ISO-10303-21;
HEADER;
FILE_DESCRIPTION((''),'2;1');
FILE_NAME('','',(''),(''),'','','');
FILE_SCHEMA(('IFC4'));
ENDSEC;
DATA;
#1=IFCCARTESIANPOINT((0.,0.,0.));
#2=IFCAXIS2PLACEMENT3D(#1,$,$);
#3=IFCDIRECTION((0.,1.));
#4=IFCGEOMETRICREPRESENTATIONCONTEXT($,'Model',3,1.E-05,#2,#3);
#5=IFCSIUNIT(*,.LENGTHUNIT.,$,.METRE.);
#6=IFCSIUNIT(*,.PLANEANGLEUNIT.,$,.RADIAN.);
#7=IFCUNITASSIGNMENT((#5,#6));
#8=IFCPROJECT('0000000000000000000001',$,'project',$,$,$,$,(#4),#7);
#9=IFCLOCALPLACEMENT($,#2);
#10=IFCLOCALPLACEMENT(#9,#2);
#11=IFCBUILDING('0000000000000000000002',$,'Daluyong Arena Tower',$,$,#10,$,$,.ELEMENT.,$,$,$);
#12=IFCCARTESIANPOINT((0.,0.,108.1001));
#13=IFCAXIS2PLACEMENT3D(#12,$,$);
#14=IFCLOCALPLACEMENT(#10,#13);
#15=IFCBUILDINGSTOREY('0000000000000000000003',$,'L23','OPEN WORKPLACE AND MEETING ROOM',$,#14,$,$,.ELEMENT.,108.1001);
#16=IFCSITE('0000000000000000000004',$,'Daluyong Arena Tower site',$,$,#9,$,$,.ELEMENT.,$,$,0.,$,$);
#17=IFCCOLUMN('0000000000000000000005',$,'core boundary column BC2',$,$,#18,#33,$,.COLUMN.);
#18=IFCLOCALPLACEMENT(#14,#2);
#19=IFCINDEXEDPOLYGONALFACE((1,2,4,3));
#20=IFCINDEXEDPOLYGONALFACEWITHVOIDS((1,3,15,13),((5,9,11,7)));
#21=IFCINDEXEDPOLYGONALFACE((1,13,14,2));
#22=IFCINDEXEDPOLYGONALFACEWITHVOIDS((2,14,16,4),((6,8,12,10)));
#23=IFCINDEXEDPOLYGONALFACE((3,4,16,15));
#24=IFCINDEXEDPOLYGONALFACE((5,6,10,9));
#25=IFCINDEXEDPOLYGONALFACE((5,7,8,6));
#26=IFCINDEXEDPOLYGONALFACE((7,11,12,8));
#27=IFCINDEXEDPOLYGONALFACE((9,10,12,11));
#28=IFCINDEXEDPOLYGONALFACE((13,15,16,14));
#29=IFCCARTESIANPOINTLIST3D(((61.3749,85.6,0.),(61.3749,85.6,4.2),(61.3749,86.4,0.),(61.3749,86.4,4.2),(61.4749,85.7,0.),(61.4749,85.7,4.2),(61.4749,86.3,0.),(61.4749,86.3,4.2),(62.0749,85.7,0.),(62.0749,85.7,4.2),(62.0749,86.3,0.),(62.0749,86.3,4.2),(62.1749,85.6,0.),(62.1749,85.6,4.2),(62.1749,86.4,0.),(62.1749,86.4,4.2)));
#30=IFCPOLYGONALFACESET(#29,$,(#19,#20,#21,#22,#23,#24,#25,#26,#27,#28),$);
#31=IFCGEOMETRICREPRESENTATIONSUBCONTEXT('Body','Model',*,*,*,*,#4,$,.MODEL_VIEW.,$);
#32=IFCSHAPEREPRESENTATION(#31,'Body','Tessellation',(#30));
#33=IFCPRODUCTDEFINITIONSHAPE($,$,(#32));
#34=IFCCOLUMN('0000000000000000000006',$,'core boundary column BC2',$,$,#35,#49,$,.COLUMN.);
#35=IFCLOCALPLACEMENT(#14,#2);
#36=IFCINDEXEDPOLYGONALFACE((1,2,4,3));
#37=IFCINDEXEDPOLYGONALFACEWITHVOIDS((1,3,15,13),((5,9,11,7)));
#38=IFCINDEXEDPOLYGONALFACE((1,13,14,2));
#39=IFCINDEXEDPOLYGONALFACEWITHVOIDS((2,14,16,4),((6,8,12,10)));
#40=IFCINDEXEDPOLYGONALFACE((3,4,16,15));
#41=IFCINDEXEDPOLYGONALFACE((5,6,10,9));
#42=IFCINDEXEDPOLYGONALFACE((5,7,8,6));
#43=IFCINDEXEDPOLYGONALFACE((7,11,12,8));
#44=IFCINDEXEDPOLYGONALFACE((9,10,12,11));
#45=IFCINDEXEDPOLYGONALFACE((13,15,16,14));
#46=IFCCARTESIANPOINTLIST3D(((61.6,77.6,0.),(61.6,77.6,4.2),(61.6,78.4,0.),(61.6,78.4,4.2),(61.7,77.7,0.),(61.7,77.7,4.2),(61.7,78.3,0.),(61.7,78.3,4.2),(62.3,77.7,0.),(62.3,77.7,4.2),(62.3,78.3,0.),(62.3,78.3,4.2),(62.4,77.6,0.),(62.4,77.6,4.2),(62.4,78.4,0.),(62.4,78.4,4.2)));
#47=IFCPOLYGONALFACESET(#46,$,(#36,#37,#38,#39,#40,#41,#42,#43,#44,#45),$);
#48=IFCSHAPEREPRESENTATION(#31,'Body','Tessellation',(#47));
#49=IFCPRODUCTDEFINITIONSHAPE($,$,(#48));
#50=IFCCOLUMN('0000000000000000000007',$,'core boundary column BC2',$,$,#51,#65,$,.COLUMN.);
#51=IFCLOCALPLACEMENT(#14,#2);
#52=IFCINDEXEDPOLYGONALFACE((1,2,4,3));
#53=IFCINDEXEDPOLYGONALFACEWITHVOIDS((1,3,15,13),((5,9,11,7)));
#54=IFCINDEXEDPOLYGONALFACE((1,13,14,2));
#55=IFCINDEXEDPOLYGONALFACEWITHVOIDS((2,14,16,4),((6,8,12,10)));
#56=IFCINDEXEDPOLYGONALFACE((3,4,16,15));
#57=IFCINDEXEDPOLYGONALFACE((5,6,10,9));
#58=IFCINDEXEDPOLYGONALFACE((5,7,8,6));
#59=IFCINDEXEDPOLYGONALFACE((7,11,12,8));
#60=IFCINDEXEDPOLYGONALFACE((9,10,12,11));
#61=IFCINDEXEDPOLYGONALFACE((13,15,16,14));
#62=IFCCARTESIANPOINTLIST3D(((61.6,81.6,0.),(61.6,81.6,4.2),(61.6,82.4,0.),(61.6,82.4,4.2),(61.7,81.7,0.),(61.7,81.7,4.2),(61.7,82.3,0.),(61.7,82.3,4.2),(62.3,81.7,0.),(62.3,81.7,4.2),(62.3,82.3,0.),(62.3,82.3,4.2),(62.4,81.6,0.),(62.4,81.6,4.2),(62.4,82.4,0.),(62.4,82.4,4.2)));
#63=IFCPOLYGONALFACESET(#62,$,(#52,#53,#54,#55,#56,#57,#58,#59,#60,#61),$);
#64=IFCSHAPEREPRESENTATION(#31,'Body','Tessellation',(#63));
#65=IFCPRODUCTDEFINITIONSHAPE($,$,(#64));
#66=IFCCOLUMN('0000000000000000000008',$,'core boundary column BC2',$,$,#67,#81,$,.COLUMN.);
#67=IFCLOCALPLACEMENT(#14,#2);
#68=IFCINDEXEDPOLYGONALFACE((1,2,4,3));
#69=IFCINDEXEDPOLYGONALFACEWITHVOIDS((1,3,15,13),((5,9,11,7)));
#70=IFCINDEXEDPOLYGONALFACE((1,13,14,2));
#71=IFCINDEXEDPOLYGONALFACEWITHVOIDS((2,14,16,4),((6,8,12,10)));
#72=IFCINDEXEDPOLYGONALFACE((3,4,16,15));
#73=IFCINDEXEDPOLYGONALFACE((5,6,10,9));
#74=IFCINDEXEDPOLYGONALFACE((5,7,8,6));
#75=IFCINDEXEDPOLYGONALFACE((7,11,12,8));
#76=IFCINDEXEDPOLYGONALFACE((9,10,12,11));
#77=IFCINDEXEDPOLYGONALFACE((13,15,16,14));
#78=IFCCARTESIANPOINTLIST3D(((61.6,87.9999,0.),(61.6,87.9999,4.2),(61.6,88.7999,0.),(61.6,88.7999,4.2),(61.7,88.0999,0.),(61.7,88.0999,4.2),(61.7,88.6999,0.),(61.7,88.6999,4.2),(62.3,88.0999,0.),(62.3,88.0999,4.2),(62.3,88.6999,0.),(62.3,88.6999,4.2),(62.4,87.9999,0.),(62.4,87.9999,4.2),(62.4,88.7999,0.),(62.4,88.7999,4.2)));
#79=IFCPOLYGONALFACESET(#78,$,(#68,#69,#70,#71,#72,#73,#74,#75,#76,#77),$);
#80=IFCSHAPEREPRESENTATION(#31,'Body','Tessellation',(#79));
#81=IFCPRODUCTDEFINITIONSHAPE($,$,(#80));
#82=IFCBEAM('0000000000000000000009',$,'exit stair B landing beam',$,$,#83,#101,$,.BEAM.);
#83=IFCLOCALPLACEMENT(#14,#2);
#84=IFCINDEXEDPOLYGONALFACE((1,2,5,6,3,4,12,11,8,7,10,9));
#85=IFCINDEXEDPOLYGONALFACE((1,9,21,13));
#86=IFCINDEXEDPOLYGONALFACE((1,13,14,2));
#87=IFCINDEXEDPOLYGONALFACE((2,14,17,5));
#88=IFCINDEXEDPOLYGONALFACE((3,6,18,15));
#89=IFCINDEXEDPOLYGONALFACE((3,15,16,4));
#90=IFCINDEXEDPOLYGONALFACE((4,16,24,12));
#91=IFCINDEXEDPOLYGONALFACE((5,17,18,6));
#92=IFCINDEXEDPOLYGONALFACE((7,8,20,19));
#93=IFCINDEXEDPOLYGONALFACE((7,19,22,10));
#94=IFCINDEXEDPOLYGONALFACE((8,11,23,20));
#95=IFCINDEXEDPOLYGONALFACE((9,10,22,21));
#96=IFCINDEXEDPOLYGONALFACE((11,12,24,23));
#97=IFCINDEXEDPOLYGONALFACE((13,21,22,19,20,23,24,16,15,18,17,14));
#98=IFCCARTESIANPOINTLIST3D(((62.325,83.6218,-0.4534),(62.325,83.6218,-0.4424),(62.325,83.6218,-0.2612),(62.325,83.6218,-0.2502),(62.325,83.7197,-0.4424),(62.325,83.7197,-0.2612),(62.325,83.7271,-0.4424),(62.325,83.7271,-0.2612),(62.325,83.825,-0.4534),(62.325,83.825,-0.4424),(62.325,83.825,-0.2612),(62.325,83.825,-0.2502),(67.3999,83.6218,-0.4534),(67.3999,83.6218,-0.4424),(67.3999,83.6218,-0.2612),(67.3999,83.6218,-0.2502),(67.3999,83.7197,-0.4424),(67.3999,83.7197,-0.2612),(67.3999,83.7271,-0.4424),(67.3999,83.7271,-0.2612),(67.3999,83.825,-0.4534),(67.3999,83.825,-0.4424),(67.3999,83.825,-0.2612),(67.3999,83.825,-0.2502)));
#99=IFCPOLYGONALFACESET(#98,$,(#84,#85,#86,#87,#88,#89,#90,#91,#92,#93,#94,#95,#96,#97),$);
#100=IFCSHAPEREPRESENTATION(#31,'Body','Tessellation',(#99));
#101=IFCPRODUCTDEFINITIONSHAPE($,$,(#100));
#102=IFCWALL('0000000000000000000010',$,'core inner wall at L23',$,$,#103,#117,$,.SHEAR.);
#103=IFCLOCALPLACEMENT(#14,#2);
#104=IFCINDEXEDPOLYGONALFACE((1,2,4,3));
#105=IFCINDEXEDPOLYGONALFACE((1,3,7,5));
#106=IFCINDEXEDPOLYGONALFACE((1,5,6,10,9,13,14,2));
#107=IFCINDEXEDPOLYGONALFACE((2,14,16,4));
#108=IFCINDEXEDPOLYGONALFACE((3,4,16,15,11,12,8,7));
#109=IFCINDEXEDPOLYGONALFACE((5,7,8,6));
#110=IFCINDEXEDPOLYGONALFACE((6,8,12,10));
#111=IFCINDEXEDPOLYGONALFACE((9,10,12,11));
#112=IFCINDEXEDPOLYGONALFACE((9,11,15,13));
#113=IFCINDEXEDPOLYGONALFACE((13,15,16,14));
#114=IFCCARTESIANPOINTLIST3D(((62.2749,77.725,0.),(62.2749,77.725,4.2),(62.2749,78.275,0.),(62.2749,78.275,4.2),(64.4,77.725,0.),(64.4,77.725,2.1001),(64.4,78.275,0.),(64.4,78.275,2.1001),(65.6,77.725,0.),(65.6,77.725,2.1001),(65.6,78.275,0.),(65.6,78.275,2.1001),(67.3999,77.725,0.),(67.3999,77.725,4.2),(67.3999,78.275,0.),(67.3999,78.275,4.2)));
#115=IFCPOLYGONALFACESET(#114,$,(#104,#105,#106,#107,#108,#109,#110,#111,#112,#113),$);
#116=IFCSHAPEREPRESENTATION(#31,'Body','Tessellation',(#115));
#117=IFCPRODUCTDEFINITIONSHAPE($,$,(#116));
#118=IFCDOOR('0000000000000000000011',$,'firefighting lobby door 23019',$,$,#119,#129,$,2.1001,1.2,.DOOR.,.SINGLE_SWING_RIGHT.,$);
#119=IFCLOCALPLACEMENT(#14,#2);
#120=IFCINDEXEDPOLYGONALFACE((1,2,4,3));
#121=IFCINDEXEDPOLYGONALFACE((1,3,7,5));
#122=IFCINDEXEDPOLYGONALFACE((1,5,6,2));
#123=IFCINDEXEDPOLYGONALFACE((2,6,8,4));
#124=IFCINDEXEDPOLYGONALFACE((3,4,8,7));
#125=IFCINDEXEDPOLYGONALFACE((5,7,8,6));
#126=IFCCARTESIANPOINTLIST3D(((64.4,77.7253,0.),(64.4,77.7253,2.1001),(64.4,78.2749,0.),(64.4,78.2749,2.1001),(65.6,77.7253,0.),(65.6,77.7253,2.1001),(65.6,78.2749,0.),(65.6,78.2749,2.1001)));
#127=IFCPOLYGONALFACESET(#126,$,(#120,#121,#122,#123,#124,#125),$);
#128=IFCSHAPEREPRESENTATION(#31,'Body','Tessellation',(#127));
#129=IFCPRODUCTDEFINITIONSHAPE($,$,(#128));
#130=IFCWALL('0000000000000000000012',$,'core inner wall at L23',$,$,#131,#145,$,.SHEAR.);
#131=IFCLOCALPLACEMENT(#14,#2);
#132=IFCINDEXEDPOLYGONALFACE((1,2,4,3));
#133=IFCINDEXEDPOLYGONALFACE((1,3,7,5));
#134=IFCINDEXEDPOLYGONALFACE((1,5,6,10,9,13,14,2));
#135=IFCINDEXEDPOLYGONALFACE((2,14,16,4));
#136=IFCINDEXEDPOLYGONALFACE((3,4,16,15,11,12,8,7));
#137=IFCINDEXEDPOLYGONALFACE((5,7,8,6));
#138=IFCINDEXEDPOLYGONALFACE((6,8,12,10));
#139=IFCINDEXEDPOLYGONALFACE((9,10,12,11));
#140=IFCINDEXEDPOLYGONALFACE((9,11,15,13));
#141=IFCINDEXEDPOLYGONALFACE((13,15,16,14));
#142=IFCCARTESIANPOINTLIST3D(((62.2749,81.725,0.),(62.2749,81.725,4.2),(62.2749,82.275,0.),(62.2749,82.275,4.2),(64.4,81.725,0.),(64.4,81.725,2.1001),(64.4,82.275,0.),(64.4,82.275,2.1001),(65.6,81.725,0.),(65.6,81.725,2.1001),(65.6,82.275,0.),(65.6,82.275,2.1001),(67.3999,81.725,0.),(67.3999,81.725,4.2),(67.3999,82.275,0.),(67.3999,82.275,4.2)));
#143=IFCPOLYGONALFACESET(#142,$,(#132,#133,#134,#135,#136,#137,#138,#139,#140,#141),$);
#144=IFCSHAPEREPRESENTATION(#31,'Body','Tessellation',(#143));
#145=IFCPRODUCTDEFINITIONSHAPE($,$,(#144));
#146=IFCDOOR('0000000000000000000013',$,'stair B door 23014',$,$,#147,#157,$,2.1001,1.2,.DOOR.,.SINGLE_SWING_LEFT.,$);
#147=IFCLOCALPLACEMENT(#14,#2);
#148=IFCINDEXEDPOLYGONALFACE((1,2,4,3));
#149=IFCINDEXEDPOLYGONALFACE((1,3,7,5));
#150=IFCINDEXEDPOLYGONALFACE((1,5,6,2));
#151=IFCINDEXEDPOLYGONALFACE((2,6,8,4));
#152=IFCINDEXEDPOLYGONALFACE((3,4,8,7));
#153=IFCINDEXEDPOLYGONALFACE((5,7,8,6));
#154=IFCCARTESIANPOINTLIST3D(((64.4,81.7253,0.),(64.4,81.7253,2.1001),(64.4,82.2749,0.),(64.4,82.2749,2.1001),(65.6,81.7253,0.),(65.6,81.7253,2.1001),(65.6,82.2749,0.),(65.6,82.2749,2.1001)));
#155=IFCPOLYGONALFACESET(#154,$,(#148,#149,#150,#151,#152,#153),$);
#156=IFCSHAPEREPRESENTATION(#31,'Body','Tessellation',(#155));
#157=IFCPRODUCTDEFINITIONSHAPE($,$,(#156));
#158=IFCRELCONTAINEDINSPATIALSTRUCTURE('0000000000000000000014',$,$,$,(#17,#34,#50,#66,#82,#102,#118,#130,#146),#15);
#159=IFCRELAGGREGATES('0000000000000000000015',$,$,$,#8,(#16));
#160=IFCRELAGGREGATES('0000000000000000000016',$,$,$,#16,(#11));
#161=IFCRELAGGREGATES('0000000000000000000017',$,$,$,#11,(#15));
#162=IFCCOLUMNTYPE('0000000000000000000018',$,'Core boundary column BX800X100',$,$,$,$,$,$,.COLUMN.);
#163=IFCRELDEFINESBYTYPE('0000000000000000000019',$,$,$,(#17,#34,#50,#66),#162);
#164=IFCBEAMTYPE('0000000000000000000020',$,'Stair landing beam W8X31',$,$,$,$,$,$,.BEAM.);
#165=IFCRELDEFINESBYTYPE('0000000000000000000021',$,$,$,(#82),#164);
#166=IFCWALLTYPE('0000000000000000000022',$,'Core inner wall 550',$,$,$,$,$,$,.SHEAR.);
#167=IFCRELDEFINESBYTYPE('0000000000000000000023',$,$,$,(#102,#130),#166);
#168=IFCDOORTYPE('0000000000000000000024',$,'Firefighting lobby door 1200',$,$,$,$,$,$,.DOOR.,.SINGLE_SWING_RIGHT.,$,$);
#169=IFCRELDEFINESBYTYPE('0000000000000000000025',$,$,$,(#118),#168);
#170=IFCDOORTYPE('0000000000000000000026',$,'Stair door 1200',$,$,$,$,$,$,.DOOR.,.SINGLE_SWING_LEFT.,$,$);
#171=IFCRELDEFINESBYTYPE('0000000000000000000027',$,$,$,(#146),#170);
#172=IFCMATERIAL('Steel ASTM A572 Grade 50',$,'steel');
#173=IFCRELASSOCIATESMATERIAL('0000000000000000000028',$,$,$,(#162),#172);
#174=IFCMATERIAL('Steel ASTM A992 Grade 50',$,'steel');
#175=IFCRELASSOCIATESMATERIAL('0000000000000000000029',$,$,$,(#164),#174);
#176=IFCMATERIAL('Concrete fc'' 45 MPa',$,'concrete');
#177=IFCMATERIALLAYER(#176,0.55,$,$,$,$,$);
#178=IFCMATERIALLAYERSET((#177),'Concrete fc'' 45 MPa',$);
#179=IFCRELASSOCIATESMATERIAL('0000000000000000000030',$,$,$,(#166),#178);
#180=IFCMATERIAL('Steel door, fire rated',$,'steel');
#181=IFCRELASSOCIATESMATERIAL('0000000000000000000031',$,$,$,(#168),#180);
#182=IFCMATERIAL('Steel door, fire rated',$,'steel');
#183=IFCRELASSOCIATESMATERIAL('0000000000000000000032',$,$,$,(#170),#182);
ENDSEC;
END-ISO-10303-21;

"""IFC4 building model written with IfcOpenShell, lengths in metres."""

from ifc_helpers import new_model, si_unit, direction, frame, frame_2d, origin, origin_2d, place, context, subcontext, project, spatial, rectangle, hollow_rectangle, i_section, extrude, material, layer, layer_set, material_profile, profile_set, type_object, element, fill, save


model = new_model("IFC4")

# Units and contexts
model_context = context("Model", 3, precision=1e-05, world=origin(), true_north=direction((0.0, 1.0)))
body_context = subcontext(model_context, "Body", "Model", "MODEL_VIEW")
ifc_project = project(units=[si_unit("LENGTHUNIT", "METRE"), si_unit("PLANEANGLEUNIT", "RADIAN")], contexts=[model_context])

# Site, building, storey
site_placement = place(None, origin())
site = spatial("IfcSite", under=ifc_project, at=site_placement, Name="Daluyong Arena Tower site", CompositionType="ELEMENT", RefElevation=0.0)
building_placement = place(site_placement, origin())
building = spatial("IfcBuilding", under=site, at=building_placement, Name="Daluyong Arena Tower", CompositionType="ELEMENT")
storey_placement = place(building_placement, frame((0.0, 0.0, 108.1001)))
storey = spatial("IfcBuildingStorey", under=building, at=storey_placement, Name="L23", Description="OPEN WORKPLACE AND MEETING ROOM", CompositionType="ELEMENT", Elevation=108.1001)

# Columns
ifc_material_1 = material(Name="Steel ASTM A572 Grade 50", Category="steel")
ifc_material_profile_1 = material_profile(ifc_material_1, hollow_rectangle(XDim=0.8, YDim=0.8, WallThickness=0.1, at=origin_2d()))
ifc_profile_set_1 = profile_set([ifc_material_profile_1], Name="Steel ASTM A572 Grade 50")
column_type = type_object("IfcColumnType", Name="Core boundary column BX800X100", PredefinedType="COLUMN", material=ifc_profile_set_1)
for number, where, z_axis, x_axis, name in (
    (1, (61.7749, 86.0, 0.0), (0.0, 0.0, 1.0), (1.0, 0.0, 0.0), "core boundary column BC2"),
    (2, (62.0, 78.0, 0.0), (0.0, 0.0, 1.0), (1.0, 0.0, 0.0), "core boundary column BC2"),
    (3, (62.0, 82.0, 0.0), (0.0, 0.0, 1.0), (1.0, 0.0, 0.0), "core boundary column BC2"),
    (4, (62.0, 88.3999, 0.0), (0.0, 0.0, 1.0), (1.0, 0.0, 0.0), "core boundary column BC2"),
):
    element("IfcColumn", number, at=place(storey_placement, frame(where, z_axis=z_axis, x_axis=x_axis)), inside=storey, type_object=column_type, Name=name, PredefinedType="COLUMN", context=body_context, shape_type="SweptSolid", body=[
        extrude(hollow_rectangle(XDim=0.8, YDim=0.8, WallThickness=0.1, at=origin_2d()), origin(), (0.0, 0.0, 1.0), 4.2),
    ])

# Beam
ifc_material_2 = material(Name="Steel ASTM A992 Grade 50", Category="steel")
ifc_material_profile_2 = material_profile(ifc_material_2, i_section(OverallWidth=0.2031, OverallDepth=0.2031, WebThickness=0.0073, FlangeThickness=0.011, at=origin_2d()))
ifc_profile_set_2 = profile_set([ifc_material_profile_2], Name="Steel ASTM A992 Grade 50")
beam_type = type_object("IfcBeamType", Name="Stair landing beam W8X31", PredefinedType="BEAM", material=ifc_profile_set_2)
beam_placement = place(storey_placement, frame((62.325, 83.7234, -0.3518), z_axis=(1.0, 0.0, 0.0), x_axis=(0.0, 1.0, 0.0)))
element("IfcBeam", 5, at=beam_placement, inside=storey, type_object=beam_type, Name="exit stair B landing beam", PredefinedType="BEAM", context=body_context, shape_type="SweptSolid", body=[
    extrude(i_section(OverallWidth=0.2031, OverallDepth=0.2031, WebThickness=0.0073, FlangeThickness=0.011, at=origin_2d()), origin(), (0.0, 0.0, 1.0), 5.075),
])

# Walls, openings, doors
ifc_material_3 = material(Name="Concrete fc' 45 MPa", Category="concrete")
ifc_layer_1 = layer(ifc_material_3, 0.55)
ifc_layer_set_1 = layer_set([ifc_layer_1], Name="Concrete fc' 45 MPa")
wall_type_1 = type_object("IfcWallType", Name="Core inner wall 550", PredefinedType="SHEAR", material=ifc_layer_set_1)
wall_1_placement = place(storey_placement, frame((62.2749, 78.0, 0.0), z_axis=(0.0, 0.0, 1.0), x_axis=(1.0, 0.0, 0.0)))
wall_1 = element("IfcWall", 6, at=wall_1_placement, inside=storey, type_object=wall_type_1, Name="core inner wall at L23", PredefinedType="SHEAR", context=body_context, shape_type="SweptSolid", body=[
    extrude(rectangle(XDim=5.125, YDim=0.55, at=frame_2d((2.5625, 0.0))), origin(), (0.0, 0.0, 1.0), 4.2),
])
opening_1_placement = place(wall_1_placement, frame((2.125, 0.0, 0.0)))
opening_1 = element("IfcOpeningElement", 7, at=opening_1_placement, cuts=wall_1, PredefinedType="OPENING", context=body_context, shape_type="SweptSolid", body=[
    extrude(rectangle(XDim=1.2, YDim=2.1001, at=frame_2d((0.6001, 1.05))), frame((0.0, 0.2849, 0.0), z_axis=(0.0, -1.0, 0.0), x_axis=(1.0, 0.0, 0.0)), (0.0, 0.0, 1.0), 0.5701),
])
ifc_material_4 = material(Name="Steel door, fire rated", Category="steel")
door_type_1 = type_object("IfcDoorType", Name="Firefighting lobby door 1200", OperationType="SINGLE_SWING_RIGHT", PredefinedType="DOOR", material=ifc_material_4)
door_1_placement = place(opening_1_placement, origin())
door_1 = element("IfcDoor", 8, at=door_1_placement, inside=storey, type_object=door_type_1, Name="firefighting lobby door 23019", OperationType="SINGLE_SWING_RIGHT", OverallHeight=2.1001, OverallWidth=1.2, PredefinedType="DOOR", context=body_context, shape_type="SweptSolid", body=[
    extrude(rectangle(XDim=1.2, YDim=2.1001, at=frame_2d((0.6001, 1.05))), frame((0.0, 0.2749, 0.0), z_axis=(0.0, -1.0, 0.0), x_axis=(1.0, 0.0, 0.0)), (0.0, 0.0, 1.0), 0.5496),
])
fill(opening_1, door_1)
wall_2_placement = place(storey_placement, frame((62.2749, 82.0, 0.0), z_axis=(0.0, 0.0, 1.0), x_axis=(1.0, 0.0, 0.0)))
wall_2 = element("IfcWall", 9, at=wall_2_placement, inside=storey, type_object=wall_type_1, Name="core inner wall at L23", PredefinedType="SHEAR", context=body_context, shape_type="SweptSolid", body=[
    extrude(rectangle(XDim=5.125, YDim=0.55, at=frame_2d((2.5625, 0.0))), origin(), (0.0, 0.0, 1.0), 4.2),
])
opening_2_placement = place(wall_2_placement, frame((2.125, 0.0, 0.0)))
opening_2 = element("IfcOpeningElement", 10, at=opening_2_placement, cuts=wall_2, PredefinedType="OPENING", context=body_context, shape_type="SweptSolid", body=[
    extrude(rectangle(XDim=1.2, YDim=2.1001, at=frame_2d((0.6001, 1.05))), frame((0.0, 0.2849, 0.0), z_axis=(0.0, -1.0, 0.0), x_axis=(1.0, 0.0, 0.0)), (0.0, 0.0, 1.0), 0.5701),
])
ifc_material_5 = material(Name="Steel door, fire rated", Category="steel")
door_type_2 = type_object("IfcDoorType", Name="Stair door 1200", OperationType="SINGLE_SWING_LEFT", PredefinedType="DOOR", material=ifc_material_5)
door_2_placement = place(opening_2_placement, origin())
door_2 = element("IfcDoor", 11, at=door_2_placement, inside=storey, type_object=door_type_2, Name="stair B door 23014", OperationType="SINGLE_SWING_LEFT", OverallHeight=2.1001, OverallWidth=1.2, PredefinedType="DOOR", context=body_context, shape_type="SweptSolid", body=[
    extrude(rectangle(XDim=1.2, YDim=2.1001, at=frame_2d((0.6001, 1.05))), frame((0.0, 0.2749, 0.0), z_axis=(0.0, -1.0, 0.0), x_axis=(1.0, 0.0, 0.0)), (0.0, 0.0, 1.0), 0.5496),
])
fill(opening_2, door_2)

save(model, "model.ifc")
